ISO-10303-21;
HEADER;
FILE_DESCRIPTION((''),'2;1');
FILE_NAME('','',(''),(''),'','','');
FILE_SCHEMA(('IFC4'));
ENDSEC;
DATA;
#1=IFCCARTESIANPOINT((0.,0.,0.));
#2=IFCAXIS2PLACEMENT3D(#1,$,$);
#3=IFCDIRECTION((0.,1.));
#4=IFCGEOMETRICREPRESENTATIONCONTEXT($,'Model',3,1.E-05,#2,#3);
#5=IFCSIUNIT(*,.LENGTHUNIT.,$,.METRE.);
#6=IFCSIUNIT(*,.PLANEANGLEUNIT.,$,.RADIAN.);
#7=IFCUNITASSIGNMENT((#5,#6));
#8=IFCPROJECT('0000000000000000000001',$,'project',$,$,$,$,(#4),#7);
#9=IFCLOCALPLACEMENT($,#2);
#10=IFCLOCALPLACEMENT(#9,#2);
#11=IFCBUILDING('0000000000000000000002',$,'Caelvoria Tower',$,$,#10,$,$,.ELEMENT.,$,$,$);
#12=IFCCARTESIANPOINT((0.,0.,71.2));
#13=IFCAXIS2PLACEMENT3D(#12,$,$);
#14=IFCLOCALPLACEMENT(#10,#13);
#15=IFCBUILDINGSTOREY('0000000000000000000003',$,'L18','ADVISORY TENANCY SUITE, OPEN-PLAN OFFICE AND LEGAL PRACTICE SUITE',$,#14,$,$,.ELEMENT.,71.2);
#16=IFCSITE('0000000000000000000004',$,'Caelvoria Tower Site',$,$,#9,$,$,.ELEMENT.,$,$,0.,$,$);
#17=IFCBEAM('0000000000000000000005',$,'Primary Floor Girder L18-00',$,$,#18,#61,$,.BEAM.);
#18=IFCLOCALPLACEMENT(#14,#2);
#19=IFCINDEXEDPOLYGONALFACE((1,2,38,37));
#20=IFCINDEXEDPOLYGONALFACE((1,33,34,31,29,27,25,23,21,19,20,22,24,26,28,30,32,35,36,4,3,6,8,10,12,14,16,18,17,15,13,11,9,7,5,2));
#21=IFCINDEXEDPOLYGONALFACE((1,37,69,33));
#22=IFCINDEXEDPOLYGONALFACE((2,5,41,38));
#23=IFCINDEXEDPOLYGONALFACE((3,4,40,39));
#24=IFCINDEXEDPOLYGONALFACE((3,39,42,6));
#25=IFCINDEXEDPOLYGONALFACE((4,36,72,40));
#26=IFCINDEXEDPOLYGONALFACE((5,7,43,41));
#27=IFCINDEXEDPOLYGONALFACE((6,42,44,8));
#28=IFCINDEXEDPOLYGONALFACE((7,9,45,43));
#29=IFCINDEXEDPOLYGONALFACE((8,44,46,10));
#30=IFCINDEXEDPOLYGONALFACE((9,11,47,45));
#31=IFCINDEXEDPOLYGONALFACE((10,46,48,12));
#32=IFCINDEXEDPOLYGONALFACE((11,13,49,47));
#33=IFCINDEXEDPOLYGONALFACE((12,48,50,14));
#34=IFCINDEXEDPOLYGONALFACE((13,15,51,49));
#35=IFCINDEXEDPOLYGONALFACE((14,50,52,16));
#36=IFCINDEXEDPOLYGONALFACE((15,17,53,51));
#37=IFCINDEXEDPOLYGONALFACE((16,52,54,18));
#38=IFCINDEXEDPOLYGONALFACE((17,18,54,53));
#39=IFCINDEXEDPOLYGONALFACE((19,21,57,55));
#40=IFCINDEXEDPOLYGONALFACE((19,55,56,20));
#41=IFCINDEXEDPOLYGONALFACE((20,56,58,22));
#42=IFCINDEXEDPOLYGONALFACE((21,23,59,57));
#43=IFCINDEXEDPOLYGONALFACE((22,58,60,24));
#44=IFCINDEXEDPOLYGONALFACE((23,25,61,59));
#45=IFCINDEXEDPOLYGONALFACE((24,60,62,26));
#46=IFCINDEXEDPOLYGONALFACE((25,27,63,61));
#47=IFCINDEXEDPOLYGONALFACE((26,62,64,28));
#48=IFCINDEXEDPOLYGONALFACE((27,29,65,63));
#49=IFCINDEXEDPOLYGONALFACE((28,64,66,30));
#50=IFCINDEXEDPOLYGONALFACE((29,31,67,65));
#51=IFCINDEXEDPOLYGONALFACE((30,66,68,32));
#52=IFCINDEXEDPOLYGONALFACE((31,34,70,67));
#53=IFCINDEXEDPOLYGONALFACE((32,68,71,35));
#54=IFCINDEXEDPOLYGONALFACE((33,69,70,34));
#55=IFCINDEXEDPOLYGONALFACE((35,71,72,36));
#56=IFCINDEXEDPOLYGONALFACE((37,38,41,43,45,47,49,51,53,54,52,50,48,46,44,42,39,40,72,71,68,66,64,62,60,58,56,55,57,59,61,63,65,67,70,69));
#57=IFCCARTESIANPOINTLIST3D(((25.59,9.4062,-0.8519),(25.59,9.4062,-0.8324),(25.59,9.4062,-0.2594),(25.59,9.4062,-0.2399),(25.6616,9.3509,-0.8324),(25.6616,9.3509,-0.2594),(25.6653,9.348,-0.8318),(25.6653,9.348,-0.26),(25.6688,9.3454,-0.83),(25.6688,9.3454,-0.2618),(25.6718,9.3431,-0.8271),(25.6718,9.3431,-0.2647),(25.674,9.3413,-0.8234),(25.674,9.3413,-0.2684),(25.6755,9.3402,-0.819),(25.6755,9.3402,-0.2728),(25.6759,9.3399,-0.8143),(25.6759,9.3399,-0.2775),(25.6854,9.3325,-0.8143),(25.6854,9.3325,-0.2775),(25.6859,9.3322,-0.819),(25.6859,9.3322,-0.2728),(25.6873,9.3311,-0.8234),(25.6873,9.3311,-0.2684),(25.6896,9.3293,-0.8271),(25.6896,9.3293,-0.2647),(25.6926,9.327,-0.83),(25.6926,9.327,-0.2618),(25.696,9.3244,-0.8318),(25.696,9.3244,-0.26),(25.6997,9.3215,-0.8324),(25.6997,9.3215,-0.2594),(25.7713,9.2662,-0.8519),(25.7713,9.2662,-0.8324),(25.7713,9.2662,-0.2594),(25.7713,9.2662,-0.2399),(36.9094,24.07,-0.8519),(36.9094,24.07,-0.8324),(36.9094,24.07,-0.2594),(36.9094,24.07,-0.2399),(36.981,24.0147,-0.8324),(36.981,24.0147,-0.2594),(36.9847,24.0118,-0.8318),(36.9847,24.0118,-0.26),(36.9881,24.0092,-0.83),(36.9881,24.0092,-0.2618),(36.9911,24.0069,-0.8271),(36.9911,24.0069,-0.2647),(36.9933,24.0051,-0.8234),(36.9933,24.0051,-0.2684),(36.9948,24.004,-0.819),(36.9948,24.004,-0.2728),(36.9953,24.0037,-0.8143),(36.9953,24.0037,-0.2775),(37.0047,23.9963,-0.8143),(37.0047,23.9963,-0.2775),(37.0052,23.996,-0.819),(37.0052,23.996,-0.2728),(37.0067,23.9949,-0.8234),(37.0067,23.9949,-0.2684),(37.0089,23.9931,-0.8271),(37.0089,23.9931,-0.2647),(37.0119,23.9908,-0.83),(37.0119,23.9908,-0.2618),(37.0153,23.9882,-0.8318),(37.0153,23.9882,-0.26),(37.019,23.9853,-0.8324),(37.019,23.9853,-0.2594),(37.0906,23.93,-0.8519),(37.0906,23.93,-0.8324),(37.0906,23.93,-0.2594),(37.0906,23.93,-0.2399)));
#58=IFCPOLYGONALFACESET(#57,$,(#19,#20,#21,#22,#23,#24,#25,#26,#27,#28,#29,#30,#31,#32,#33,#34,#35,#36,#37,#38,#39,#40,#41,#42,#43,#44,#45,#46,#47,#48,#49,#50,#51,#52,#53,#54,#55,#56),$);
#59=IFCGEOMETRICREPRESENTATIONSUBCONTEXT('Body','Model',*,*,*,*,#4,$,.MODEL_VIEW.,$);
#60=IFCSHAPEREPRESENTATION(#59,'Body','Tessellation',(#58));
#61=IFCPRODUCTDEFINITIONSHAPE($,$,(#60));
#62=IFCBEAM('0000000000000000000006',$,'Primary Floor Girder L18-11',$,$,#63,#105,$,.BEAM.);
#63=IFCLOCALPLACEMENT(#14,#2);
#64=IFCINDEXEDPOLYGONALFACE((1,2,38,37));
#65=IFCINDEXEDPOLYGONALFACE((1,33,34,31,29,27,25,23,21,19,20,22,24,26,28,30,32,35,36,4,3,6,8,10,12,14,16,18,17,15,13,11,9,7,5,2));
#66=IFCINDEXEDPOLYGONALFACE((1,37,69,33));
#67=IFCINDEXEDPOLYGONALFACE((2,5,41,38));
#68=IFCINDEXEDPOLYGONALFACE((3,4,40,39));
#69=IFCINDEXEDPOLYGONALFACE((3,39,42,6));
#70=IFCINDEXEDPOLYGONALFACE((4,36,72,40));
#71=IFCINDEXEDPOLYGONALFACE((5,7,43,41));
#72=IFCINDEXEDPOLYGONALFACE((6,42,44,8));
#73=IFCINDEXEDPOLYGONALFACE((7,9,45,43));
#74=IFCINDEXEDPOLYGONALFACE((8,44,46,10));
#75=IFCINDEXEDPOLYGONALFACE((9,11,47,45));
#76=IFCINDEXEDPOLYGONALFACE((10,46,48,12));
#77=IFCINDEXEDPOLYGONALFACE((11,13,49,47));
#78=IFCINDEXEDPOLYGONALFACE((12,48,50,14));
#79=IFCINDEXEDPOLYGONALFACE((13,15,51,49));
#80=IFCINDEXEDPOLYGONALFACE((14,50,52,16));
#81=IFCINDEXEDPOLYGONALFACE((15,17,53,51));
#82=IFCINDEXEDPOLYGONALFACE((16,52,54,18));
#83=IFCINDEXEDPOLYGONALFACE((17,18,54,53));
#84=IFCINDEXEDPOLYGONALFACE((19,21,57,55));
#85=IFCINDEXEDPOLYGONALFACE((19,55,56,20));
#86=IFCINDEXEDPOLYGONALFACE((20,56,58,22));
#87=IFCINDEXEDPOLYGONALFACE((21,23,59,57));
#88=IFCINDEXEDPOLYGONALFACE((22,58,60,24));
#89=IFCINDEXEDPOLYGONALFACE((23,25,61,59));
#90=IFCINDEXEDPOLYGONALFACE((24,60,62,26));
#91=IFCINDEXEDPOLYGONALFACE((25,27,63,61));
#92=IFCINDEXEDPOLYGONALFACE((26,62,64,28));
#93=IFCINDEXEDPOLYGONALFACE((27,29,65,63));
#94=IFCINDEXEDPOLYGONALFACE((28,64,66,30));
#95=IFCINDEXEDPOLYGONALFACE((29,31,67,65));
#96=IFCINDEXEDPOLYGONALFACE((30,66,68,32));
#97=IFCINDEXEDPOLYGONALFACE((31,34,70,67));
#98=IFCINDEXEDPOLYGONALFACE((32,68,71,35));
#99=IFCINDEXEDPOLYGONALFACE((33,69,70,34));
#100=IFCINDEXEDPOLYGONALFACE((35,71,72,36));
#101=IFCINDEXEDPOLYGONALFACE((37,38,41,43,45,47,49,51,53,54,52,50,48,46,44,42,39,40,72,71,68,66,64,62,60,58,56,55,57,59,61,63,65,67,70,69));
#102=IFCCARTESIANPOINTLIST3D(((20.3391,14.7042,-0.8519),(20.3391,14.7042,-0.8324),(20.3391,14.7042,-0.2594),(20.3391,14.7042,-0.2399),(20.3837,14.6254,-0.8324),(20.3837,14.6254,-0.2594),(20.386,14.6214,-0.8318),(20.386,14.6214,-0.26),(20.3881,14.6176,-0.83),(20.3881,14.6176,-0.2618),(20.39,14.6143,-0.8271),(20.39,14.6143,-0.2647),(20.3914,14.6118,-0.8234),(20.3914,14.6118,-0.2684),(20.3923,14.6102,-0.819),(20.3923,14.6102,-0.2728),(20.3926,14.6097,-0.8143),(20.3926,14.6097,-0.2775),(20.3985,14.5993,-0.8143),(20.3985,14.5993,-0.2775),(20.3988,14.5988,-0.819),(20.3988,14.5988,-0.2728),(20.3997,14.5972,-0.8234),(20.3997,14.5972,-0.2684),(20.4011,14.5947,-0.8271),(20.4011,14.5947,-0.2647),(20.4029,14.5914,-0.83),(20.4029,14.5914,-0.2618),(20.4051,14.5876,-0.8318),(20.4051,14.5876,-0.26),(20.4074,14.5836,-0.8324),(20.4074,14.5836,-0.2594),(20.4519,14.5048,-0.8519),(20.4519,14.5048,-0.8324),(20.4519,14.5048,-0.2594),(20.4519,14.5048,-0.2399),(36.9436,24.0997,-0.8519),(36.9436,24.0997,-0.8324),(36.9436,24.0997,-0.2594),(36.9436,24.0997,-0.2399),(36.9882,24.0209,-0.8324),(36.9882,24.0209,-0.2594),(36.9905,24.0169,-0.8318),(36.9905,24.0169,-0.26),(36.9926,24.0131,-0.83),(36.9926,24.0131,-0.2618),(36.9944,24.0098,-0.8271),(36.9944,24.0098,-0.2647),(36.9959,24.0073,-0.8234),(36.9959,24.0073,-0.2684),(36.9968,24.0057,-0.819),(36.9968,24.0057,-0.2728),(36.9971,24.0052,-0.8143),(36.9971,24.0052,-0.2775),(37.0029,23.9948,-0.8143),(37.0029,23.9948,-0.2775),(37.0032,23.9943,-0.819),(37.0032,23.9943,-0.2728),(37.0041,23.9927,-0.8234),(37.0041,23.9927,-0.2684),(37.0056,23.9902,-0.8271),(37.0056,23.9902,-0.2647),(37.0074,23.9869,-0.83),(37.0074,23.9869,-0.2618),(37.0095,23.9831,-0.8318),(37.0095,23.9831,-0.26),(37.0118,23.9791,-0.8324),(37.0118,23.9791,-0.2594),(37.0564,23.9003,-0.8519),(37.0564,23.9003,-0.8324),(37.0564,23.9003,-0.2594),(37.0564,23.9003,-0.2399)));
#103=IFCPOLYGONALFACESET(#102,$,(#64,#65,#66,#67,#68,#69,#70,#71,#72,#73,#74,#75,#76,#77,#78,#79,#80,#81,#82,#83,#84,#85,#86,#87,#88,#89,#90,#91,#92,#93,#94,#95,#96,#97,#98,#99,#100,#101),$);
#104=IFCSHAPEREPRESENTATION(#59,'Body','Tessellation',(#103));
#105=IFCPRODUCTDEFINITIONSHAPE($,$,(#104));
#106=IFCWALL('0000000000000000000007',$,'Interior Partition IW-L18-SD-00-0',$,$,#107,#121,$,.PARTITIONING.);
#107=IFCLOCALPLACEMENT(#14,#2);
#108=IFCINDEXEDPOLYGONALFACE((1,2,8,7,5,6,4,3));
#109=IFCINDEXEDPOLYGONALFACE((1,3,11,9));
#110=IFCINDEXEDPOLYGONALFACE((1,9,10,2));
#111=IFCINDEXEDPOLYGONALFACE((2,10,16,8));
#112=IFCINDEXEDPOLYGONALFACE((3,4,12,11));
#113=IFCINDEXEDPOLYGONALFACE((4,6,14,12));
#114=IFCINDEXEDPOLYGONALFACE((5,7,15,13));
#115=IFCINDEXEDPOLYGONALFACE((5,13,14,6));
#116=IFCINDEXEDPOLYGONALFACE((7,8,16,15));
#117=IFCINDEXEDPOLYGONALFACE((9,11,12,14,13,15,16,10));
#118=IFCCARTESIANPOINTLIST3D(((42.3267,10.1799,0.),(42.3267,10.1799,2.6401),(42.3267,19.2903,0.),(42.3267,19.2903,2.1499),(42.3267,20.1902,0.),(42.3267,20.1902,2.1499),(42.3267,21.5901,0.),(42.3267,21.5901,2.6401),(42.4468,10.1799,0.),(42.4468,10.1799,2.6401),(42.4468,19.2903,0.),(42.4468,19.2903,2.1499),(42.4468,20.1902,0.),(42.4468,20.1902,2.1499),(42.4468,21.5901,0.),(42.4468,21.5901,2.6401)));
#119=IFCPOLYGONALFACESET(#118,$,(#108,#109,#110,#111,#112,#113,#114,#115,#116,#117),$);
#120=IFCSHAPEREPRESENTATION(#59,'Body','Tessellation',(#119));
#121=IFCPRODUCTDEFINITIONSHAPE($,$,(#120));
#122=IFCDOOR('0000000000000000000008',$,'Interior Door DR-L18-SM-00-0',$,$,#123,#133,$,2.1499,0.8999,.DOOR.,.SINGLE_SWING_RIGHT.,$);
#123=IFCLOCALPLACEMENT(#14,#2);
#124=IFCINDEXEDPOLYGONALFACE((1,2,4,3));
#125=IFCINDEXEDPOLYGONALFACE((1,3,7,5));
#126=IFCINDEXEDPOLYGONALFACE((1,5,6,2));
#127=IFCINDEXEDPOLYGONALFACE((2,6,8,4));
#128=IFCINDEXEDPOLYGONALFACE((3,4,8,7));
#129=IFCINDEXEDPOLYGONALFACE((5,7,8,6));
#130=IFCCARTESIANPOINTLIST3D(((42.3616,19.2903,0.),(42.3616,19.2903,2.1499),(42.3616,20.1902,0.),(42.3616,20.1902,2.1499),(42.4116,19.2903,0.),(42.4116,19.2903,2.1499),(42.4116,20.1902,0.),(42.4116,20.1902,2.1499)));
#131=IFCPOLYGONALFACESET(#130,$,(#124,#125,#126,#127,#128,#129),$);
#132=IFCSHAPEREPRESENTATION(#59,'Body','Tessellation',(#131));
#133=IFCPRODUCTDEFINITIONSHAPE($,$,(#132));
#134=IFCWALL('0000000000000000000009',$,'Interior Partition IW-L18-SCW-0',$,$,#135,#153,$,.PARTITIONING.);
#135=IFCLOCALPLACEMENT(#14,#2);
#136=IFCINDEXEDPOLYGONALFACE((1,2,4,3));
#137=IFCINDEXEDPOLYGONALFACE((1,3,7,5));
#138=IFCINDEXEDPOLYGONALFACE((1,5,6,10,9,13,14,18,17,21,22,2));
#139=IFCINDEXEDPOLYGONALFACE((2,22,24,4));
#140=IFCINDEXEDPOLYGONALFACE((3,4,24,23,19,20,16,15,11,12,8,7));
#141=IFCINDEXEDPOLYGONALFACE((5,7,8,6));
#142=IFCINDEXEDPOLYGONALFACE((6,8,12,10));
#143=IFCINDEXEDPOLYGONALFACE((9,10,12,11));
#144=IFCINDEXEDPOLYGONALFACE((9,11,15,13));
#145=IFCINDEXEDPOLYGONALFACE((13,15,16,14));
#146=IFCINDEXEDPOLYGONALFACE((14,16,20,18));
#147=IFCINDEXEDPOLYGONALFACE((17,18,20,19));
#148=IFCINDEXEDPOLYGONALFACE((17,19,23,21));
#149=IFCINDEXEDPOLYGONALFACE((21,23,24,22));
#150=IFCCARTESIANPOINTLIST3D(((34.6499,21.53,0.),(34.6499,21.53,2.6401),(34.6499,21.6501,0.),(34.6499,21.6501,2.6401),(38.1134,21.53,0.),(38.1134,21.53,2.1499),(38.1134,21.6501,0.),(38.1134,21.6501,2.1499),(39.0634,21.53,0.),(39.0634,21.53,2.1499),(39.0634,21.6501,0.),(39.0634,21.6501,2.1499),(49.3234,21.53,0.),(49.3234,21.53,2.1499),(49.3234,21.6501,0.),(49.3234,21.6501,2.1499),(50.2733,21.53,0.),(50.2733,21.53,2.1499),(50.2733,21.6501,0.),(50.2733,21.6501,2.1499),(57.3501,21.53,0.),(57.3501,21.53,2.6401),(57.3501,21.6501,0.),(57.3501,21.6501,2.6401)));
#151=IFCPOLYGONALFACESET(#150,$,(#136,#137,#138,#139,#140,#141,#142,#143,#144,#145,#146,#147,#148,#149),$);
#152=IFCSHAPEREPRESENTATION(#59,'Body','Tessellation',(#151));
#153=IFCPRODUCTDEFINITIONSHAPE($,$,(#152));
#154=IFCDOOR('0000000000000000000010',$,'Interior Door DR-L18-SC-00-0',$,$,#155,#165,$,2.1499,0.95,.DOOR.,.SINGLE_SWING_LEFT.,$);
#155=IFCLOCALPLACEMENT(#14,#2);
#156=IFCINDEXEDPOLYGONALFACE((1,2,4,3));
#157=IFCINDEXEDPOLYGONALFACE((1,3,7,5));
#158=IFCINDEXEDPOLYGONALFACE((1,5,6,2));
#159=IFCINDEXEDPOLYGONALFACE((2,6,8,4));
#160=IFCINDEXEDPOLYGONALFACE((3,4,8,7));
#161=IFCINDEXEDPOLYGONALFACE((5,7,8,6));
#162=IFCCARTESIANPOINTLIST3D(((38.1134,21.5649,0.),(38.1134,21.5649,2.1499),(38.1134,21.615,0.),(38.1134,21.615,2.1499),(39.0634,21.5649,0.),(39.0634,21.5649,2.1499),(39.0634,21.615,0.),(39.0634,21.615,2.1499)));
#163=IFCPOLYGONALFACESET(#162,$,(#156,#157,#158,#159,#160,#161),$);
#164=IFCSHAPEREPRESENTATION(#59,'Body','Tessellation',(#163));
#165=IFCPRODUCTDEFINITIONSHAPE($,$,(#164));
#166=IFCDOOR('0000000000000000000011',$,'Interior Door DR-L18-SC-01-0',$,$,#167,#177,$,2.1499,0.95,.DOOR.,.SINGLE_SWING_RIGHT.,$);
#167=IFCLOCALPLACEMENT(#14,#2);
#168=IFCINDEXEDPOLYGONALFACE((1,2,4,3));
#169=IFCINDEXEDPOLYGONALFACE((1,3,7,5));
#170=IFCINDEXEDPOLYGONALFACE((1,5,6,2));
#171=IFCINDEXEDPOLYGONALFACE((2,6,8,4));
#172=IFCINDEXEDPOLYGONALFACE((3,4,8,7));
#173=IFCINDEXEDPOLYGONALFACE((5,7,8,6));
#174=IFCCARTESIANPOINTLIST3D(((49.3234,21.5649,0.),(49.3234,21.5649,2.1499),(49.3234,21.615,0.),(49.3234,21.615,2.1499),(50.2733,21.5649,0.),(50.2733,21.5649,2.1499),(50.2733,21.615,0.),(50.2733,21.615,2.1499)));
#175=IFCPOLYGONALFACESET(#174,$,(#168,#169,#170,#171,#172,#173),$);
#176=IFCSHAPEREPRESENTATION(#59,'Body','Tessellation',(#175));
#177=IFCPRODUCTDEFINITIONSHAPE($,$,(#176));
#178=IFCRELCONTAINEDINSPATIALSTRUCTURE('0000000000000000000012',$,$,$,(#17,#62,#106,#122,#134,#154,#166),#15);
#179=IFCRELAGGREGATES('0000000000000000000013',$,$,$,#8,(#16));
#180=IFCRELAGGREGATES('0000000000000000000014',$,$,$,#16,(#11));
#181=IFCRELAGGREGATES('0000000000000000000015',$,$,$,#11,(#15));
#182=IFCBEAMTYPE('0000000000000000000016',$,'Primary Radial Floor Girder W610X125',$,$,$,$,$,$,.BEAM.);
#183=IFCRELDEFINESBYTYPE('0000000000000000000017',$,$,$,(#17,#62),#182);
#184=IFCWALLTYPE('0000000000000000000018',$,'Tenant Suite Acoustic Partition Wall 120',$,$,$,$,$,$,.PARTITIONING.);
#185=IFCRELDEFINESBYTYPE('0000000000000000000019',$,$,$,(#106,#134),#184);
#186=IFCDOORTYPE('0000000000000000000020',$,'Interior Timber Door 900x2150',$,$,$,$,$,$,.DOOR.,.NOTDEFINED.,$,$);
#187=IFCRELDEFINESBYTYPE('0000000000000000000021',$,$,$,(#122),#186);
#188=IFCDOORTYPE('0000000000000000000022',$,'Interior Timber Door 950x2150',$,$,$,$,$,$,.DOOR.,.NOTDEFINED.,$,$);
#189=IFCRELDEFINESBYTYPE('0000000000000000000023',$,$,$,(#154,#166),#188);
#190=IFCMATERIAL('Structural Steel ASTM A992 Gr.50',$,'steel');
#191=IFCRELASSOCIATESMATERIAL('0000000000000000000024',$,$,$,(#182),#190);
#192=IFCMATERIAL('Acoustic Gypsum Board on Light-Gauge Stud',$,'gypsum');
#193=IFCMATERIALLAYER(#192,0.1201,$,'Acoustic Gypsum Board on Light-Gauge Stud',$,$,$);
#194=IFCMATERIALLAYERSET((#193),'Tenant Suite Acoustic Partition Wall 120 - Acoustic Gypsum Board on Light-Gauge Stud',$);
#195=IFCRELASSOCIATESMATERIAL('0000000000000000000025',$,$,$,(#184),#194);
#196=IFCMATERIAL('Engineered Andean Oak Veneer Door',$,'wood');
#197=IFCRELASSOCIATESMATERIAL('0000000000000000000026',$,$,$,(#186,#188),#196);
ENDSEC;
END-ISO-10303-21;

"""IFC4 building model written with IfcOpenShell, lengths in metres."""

from ifc_helpers import new_model, si_unit, direction, frame, frame_2d, origin, origin_2d, place, context, subcontext, project, spatial, rectangle, i_section, extrude, material, layer, layer_set, material_profile, profile_set, type_object, element, fill, save


model = new_model("IFC4")

# Units and contexts
model_context = context("Model", 3, precision=1e-05, world=origin(), true_north=direction((0.0, 1.0)))
body_context = subcontext(model_context, "Body", "Model", "MODEL_VIEW")
ifc_project = project(units=[si_unit("LENGTHUNIT", "METRE"), si_unit("PLANEANGLEUNIT", "RADIAN")], contexts=[model_context])

# Site, building, storey
site_placement = place(None, origin())
site = spatial("IfcSite", under=ifc_project, at=site_placement, Name="Caelvoria Tower Site", CompositionType="ELEMENT", RefElevation=0.0)
building_placement = place(site_placement, origin())
building = spatial("IfcBuilding", under=site, at=building_placement, Name="Caelvoria Tower", CompositionType="ELEMENT")
storey_placement = place(building_placement, frame((0.0, 0.0, 71.2)))
storey = spatial("IfcBuildingStorey", under=building, at=storey_placement, Name="L18", Description="ADVISORY TENANCY SUITE, OPEN-PLAN OFFICE AND LEGAL PRACTICE SUITE", CompositionType="ELEMENT", Elevation=71.2)

# Beams
ifc_material_1 = material(Name="Structural Steel ASTM A992 Gr.50", Category="steel")
ifc_material_profile = material_profile(ifc_material_1, i_section(OverallWidth=0.229, OverallDepth=0.6121, WebThickness=0.012, FlangeThickness=0.0195, FilletRadius=0.0181, at=origin_2d()), Name="Structural Steel ASTM A992 Gr.50")
ifc_profile_set = profile_set([ifc_material_profile], Name="W610X125 - Structural Steel ASTM A992 Gr.50")
beam_type = type_object("IfcBeamType", Name="Primary Radial Floor Girder W610X125", PredefinedType="BEAM", material=ifc_profile_set)
beam_1_placement = place(storey_placement, frame((37.0, 24.0, -0.5459), z_axis=(-0.611049, -0.791593, 0.0), x_axis=(0.791593, -0.611049, 0.0)))
element("IfcBeam", 1, at=beam_1_placement, inside=storey, type_object=beam_type, Name="Primary Floor Girder L18-00", PredefinedType="BEAM", context=body_context, shape_type="SweptSolid", body=[
    extrude(i_section(OverallWidth=0.229, OverallDepth=0.6121, WebThickness=0.012, FlangeThickness=0.0195, FilletRadius=0.0181, at=origin_2d()), origin(), (0.0, 0.0, 1.0), 18.5244),
])
beam_2_placement = place(storey_placement, frame((37.0, 24.0, -0.5459), z_axis=(-0.87033, -0.492469, 0.0), x_axis=(0.492469, -0.87033, 0.0)))
element("IfcBeam", 2, at=beam_2_placement, inside=storey, type_object=beam_type, Name="Primary Floor Girder L18-11", PredefinedType="BEAM", context=body_context, shape_type="SweptSolid", body=[
    extrude(i_section(OverallWidth=0.229, OverallDepth=0.6121, WebThickness=0.012, FlangeThickness=0.0195, FilletRadius=0.0181, at=origin_2d()), origin(), (0.0, 0.0, 1.0), 19.0784),
])

# Wall, opening, door
ifc_material_2 = material(Name="Acoustic Gypsum Board on Light-Gauge Stud", Category="gypsum")
ifc_layer_1 = layer(ifc_material_2, 0.1201, Name="Acoustic Gypsum Board on Light-Gauge Stud")
ifc_layer_set_1 = layer_set([ifc_layer_1], Name="Tenant Suite Acoustic Partition Wall 120 - Acoustic Gypsum Board on Light-Gauge Stud")
wall_type_1 = type_object("IfcWallType", Name="Tenant Suite Acoustic Partition Wall 120", PredefinedType="PARTITIONING", material=ifc_layer_set_1)
wall_1_placement = place(storey_placement, frame((42.3867, 21.5901, 0.0), z_axis=(0.0, 0.0, 1.0), x_axis=(0.0, -1.0, 0.0)))
wall_1 = element("IfcWall", 3, at=wall_1_placement, inside=storey, type_object=wall_type_1, Name="Interior Partition IW-L18-SD-00-0", PredefinedType="PARTITIONING", context=body_context, shape_type="SweptSolid", body=[
    extrude(rectangle(XDim=11.4102, YDim=0.1201, at=frame_2d((5.7051, 0.0))), origin(), (0.0, 0.0, 1.0), 2.6401),
])
opening_1_placement = place(wall_1_placement, frame((1.3999, 0.0, 0.0)))
opening_1 = element("IfcOpeningElement", 4, at=opening_1_placement, cuts=wall_1, PredefinedType="OPENING", context=body_context, shape_type="SweptSolid", body=[
    extrude(rectangle(XDim=0.8999, YDim=2.1499, at=frame_2d((0.45, 1.075))), frame((0.0, 0.0701, 0.0), z_axis=(0.0, -1.0, 0.0), x_axis=(1.0, 0.0, 0.0)), (0.0, 0.0, 1.0), 0.1401),
])
ifc_material_3 = material(Name="Engineered Andean Oak Veneer Door", Category="wood")
door_type_1 = type_object("IfcDoorType", Name="Interior Timber Door 900x2150", OperationType="NOTDEFINED", PredefinedType="DOOR", material=ifc_material_3)
door_1_placement = place(opening_1_placement, origin())
door_1 = element("IfcDoor", 5, at=door_1_placement, inside=storey, type_object=door_type_1, Name="Interior Door DR-L18-SM-00-0", OperationType="SINGLE_SWING_RIGHT", OverallHeight=2.1499, OverallWidth=0.8999, PredefinedType="DOOR", context=body_context, shape_type="SweptSolid", body=[
    extrude(rectangle(XDim=0.8999, YDim=2.1499, at=frame_2d((0.45, 1.075))), frame((0.0, 0.0249, 0.0), z_axis=(0.0, -1.0, 0.0), x_axis=(1.0, 0.0, 0.0)), (0.0, 0.0, 1.0), 0.05),
])
fill(opening_1, door_1)

# Wall, openings, doors
wall_2_placement = place(storey_placement, frame((34.6499, 21.5901, 0.0), z_axis=(0.0, 0.0, 1.0), x_axis=(1.0, 0.0, 0.0)))
wall_2 = element("IfcWall", 6, at=wall_2_placement, inside=storey, type_object=wall_type_1, Name="Interior Partition IW-L18-SCW-0", PredefinedType="PARTITIONING", context=body_context, shape_type="SweptSolid", body=[
    extrude(rectangle(XDim=22.7002, YDim=0.1201, at=frame_2d((11.3501, 0.0))), origin(), (0.0, 0.0, 1.0), 2.6401),
])
opening_2_placement = place(wall_2_placement, frame((3.4634, 0.0, 0.0)))
opening_2 = element("IfcOpeningElement", 7, at=opening_2_placement, cuts=wall_2, PredefinedType="OPENING", context=body_context, shape_type="SweptSolid", body=[
    extrude(rectangle(XDim=0.95, YDim=2.1499, at=frame_2d((0.4751, 1.075))), frame((0.0, 0.0701, 0.0), z_axis=(0.0, -1.0, 0.0), x_axis=(1.0, 0.0, 0.0)), (0.0, 0.0, 1.0), 0.1401),
])
opening_3_placement = place(wall_2_placement, frame((14.6733, 0.0, 0.0)))
opening_3 = element("IfcOpeningElement", 8, at=opening_3_placement, cuts=wall_2, PredefinedType="OPENING", context=body_context, shape_type="SweptSolid", body=[
    extrude(rectangle(XDim=0.95, YDim=2.1499, at=frame_2d((0.4751, 1.075))), frame((0.0, 0.0701, 0.0), z_axis=(0.0, -1.0, 0.0), x_axis=(1.0, 0.0, 0.0)), (0.0, 0.0, 1.0), 0.1401),
])
door_type_2 = type_object("IfcDoorType", Name="Interior Timber Door 950x2150", OperationType="NOTDEFINED", PredefinedType="DOOR", material=ifc_material_3)
door_2_placement = place(opening_2_placement, origin())
door_2 = element("IfcDoor", 9, at=door_2_placement, inside=storey, type_object=door_type_2, Name="Interior Door DR-L18-SC-00-0", OperationType="SINGLE_SWING_LEFT", OverallHeight=2.1499, OverallWidth=0.95, PredefinedType="DOOR", context=body_context, shape_type="SweptSolid", body=[
    extrude(rectangle(XDim=0.95, YDim=2.1499, at=frame_2d((0.4751, 1.075))), frame((0.0, 0.0249, 0.0), z_axis=(0.0, -1.0, 0.0), x_axis=(1.0, 0.0, 0.0)), (0.0, 0.0, 1.0), 0.05),
])
fill(opening_2, door_2)
door_3_placement = place(opening_3_placement, origin())
door_3 = element("IfcDoor", 10, at=door_3_placement, inside=storey, type_object=door_type_2, Name="Interior Door DR-L18-SC-01-0", OperationType="SINGLE_SWING_RIGHT", OverallHeight=2.1499, OverallWidth=0.95, PredefinedType="DOOR", context=body_context, shape_type="SweptSolid", body=[
    extrude(rectangle(XDim=0.95, YDim=2.1499, at=frame_2d((0.4751, 1.075))), frame((0.0, 0.0249, 0.0), z_axis=(0.0, -1.0, 0.0), x_axis=(1.0, 0.0, 0.0)), (0.0, 0.0, 1.0), 0.05),
])
fill(opening_3, door_3)

save(model, "model.ifc")
